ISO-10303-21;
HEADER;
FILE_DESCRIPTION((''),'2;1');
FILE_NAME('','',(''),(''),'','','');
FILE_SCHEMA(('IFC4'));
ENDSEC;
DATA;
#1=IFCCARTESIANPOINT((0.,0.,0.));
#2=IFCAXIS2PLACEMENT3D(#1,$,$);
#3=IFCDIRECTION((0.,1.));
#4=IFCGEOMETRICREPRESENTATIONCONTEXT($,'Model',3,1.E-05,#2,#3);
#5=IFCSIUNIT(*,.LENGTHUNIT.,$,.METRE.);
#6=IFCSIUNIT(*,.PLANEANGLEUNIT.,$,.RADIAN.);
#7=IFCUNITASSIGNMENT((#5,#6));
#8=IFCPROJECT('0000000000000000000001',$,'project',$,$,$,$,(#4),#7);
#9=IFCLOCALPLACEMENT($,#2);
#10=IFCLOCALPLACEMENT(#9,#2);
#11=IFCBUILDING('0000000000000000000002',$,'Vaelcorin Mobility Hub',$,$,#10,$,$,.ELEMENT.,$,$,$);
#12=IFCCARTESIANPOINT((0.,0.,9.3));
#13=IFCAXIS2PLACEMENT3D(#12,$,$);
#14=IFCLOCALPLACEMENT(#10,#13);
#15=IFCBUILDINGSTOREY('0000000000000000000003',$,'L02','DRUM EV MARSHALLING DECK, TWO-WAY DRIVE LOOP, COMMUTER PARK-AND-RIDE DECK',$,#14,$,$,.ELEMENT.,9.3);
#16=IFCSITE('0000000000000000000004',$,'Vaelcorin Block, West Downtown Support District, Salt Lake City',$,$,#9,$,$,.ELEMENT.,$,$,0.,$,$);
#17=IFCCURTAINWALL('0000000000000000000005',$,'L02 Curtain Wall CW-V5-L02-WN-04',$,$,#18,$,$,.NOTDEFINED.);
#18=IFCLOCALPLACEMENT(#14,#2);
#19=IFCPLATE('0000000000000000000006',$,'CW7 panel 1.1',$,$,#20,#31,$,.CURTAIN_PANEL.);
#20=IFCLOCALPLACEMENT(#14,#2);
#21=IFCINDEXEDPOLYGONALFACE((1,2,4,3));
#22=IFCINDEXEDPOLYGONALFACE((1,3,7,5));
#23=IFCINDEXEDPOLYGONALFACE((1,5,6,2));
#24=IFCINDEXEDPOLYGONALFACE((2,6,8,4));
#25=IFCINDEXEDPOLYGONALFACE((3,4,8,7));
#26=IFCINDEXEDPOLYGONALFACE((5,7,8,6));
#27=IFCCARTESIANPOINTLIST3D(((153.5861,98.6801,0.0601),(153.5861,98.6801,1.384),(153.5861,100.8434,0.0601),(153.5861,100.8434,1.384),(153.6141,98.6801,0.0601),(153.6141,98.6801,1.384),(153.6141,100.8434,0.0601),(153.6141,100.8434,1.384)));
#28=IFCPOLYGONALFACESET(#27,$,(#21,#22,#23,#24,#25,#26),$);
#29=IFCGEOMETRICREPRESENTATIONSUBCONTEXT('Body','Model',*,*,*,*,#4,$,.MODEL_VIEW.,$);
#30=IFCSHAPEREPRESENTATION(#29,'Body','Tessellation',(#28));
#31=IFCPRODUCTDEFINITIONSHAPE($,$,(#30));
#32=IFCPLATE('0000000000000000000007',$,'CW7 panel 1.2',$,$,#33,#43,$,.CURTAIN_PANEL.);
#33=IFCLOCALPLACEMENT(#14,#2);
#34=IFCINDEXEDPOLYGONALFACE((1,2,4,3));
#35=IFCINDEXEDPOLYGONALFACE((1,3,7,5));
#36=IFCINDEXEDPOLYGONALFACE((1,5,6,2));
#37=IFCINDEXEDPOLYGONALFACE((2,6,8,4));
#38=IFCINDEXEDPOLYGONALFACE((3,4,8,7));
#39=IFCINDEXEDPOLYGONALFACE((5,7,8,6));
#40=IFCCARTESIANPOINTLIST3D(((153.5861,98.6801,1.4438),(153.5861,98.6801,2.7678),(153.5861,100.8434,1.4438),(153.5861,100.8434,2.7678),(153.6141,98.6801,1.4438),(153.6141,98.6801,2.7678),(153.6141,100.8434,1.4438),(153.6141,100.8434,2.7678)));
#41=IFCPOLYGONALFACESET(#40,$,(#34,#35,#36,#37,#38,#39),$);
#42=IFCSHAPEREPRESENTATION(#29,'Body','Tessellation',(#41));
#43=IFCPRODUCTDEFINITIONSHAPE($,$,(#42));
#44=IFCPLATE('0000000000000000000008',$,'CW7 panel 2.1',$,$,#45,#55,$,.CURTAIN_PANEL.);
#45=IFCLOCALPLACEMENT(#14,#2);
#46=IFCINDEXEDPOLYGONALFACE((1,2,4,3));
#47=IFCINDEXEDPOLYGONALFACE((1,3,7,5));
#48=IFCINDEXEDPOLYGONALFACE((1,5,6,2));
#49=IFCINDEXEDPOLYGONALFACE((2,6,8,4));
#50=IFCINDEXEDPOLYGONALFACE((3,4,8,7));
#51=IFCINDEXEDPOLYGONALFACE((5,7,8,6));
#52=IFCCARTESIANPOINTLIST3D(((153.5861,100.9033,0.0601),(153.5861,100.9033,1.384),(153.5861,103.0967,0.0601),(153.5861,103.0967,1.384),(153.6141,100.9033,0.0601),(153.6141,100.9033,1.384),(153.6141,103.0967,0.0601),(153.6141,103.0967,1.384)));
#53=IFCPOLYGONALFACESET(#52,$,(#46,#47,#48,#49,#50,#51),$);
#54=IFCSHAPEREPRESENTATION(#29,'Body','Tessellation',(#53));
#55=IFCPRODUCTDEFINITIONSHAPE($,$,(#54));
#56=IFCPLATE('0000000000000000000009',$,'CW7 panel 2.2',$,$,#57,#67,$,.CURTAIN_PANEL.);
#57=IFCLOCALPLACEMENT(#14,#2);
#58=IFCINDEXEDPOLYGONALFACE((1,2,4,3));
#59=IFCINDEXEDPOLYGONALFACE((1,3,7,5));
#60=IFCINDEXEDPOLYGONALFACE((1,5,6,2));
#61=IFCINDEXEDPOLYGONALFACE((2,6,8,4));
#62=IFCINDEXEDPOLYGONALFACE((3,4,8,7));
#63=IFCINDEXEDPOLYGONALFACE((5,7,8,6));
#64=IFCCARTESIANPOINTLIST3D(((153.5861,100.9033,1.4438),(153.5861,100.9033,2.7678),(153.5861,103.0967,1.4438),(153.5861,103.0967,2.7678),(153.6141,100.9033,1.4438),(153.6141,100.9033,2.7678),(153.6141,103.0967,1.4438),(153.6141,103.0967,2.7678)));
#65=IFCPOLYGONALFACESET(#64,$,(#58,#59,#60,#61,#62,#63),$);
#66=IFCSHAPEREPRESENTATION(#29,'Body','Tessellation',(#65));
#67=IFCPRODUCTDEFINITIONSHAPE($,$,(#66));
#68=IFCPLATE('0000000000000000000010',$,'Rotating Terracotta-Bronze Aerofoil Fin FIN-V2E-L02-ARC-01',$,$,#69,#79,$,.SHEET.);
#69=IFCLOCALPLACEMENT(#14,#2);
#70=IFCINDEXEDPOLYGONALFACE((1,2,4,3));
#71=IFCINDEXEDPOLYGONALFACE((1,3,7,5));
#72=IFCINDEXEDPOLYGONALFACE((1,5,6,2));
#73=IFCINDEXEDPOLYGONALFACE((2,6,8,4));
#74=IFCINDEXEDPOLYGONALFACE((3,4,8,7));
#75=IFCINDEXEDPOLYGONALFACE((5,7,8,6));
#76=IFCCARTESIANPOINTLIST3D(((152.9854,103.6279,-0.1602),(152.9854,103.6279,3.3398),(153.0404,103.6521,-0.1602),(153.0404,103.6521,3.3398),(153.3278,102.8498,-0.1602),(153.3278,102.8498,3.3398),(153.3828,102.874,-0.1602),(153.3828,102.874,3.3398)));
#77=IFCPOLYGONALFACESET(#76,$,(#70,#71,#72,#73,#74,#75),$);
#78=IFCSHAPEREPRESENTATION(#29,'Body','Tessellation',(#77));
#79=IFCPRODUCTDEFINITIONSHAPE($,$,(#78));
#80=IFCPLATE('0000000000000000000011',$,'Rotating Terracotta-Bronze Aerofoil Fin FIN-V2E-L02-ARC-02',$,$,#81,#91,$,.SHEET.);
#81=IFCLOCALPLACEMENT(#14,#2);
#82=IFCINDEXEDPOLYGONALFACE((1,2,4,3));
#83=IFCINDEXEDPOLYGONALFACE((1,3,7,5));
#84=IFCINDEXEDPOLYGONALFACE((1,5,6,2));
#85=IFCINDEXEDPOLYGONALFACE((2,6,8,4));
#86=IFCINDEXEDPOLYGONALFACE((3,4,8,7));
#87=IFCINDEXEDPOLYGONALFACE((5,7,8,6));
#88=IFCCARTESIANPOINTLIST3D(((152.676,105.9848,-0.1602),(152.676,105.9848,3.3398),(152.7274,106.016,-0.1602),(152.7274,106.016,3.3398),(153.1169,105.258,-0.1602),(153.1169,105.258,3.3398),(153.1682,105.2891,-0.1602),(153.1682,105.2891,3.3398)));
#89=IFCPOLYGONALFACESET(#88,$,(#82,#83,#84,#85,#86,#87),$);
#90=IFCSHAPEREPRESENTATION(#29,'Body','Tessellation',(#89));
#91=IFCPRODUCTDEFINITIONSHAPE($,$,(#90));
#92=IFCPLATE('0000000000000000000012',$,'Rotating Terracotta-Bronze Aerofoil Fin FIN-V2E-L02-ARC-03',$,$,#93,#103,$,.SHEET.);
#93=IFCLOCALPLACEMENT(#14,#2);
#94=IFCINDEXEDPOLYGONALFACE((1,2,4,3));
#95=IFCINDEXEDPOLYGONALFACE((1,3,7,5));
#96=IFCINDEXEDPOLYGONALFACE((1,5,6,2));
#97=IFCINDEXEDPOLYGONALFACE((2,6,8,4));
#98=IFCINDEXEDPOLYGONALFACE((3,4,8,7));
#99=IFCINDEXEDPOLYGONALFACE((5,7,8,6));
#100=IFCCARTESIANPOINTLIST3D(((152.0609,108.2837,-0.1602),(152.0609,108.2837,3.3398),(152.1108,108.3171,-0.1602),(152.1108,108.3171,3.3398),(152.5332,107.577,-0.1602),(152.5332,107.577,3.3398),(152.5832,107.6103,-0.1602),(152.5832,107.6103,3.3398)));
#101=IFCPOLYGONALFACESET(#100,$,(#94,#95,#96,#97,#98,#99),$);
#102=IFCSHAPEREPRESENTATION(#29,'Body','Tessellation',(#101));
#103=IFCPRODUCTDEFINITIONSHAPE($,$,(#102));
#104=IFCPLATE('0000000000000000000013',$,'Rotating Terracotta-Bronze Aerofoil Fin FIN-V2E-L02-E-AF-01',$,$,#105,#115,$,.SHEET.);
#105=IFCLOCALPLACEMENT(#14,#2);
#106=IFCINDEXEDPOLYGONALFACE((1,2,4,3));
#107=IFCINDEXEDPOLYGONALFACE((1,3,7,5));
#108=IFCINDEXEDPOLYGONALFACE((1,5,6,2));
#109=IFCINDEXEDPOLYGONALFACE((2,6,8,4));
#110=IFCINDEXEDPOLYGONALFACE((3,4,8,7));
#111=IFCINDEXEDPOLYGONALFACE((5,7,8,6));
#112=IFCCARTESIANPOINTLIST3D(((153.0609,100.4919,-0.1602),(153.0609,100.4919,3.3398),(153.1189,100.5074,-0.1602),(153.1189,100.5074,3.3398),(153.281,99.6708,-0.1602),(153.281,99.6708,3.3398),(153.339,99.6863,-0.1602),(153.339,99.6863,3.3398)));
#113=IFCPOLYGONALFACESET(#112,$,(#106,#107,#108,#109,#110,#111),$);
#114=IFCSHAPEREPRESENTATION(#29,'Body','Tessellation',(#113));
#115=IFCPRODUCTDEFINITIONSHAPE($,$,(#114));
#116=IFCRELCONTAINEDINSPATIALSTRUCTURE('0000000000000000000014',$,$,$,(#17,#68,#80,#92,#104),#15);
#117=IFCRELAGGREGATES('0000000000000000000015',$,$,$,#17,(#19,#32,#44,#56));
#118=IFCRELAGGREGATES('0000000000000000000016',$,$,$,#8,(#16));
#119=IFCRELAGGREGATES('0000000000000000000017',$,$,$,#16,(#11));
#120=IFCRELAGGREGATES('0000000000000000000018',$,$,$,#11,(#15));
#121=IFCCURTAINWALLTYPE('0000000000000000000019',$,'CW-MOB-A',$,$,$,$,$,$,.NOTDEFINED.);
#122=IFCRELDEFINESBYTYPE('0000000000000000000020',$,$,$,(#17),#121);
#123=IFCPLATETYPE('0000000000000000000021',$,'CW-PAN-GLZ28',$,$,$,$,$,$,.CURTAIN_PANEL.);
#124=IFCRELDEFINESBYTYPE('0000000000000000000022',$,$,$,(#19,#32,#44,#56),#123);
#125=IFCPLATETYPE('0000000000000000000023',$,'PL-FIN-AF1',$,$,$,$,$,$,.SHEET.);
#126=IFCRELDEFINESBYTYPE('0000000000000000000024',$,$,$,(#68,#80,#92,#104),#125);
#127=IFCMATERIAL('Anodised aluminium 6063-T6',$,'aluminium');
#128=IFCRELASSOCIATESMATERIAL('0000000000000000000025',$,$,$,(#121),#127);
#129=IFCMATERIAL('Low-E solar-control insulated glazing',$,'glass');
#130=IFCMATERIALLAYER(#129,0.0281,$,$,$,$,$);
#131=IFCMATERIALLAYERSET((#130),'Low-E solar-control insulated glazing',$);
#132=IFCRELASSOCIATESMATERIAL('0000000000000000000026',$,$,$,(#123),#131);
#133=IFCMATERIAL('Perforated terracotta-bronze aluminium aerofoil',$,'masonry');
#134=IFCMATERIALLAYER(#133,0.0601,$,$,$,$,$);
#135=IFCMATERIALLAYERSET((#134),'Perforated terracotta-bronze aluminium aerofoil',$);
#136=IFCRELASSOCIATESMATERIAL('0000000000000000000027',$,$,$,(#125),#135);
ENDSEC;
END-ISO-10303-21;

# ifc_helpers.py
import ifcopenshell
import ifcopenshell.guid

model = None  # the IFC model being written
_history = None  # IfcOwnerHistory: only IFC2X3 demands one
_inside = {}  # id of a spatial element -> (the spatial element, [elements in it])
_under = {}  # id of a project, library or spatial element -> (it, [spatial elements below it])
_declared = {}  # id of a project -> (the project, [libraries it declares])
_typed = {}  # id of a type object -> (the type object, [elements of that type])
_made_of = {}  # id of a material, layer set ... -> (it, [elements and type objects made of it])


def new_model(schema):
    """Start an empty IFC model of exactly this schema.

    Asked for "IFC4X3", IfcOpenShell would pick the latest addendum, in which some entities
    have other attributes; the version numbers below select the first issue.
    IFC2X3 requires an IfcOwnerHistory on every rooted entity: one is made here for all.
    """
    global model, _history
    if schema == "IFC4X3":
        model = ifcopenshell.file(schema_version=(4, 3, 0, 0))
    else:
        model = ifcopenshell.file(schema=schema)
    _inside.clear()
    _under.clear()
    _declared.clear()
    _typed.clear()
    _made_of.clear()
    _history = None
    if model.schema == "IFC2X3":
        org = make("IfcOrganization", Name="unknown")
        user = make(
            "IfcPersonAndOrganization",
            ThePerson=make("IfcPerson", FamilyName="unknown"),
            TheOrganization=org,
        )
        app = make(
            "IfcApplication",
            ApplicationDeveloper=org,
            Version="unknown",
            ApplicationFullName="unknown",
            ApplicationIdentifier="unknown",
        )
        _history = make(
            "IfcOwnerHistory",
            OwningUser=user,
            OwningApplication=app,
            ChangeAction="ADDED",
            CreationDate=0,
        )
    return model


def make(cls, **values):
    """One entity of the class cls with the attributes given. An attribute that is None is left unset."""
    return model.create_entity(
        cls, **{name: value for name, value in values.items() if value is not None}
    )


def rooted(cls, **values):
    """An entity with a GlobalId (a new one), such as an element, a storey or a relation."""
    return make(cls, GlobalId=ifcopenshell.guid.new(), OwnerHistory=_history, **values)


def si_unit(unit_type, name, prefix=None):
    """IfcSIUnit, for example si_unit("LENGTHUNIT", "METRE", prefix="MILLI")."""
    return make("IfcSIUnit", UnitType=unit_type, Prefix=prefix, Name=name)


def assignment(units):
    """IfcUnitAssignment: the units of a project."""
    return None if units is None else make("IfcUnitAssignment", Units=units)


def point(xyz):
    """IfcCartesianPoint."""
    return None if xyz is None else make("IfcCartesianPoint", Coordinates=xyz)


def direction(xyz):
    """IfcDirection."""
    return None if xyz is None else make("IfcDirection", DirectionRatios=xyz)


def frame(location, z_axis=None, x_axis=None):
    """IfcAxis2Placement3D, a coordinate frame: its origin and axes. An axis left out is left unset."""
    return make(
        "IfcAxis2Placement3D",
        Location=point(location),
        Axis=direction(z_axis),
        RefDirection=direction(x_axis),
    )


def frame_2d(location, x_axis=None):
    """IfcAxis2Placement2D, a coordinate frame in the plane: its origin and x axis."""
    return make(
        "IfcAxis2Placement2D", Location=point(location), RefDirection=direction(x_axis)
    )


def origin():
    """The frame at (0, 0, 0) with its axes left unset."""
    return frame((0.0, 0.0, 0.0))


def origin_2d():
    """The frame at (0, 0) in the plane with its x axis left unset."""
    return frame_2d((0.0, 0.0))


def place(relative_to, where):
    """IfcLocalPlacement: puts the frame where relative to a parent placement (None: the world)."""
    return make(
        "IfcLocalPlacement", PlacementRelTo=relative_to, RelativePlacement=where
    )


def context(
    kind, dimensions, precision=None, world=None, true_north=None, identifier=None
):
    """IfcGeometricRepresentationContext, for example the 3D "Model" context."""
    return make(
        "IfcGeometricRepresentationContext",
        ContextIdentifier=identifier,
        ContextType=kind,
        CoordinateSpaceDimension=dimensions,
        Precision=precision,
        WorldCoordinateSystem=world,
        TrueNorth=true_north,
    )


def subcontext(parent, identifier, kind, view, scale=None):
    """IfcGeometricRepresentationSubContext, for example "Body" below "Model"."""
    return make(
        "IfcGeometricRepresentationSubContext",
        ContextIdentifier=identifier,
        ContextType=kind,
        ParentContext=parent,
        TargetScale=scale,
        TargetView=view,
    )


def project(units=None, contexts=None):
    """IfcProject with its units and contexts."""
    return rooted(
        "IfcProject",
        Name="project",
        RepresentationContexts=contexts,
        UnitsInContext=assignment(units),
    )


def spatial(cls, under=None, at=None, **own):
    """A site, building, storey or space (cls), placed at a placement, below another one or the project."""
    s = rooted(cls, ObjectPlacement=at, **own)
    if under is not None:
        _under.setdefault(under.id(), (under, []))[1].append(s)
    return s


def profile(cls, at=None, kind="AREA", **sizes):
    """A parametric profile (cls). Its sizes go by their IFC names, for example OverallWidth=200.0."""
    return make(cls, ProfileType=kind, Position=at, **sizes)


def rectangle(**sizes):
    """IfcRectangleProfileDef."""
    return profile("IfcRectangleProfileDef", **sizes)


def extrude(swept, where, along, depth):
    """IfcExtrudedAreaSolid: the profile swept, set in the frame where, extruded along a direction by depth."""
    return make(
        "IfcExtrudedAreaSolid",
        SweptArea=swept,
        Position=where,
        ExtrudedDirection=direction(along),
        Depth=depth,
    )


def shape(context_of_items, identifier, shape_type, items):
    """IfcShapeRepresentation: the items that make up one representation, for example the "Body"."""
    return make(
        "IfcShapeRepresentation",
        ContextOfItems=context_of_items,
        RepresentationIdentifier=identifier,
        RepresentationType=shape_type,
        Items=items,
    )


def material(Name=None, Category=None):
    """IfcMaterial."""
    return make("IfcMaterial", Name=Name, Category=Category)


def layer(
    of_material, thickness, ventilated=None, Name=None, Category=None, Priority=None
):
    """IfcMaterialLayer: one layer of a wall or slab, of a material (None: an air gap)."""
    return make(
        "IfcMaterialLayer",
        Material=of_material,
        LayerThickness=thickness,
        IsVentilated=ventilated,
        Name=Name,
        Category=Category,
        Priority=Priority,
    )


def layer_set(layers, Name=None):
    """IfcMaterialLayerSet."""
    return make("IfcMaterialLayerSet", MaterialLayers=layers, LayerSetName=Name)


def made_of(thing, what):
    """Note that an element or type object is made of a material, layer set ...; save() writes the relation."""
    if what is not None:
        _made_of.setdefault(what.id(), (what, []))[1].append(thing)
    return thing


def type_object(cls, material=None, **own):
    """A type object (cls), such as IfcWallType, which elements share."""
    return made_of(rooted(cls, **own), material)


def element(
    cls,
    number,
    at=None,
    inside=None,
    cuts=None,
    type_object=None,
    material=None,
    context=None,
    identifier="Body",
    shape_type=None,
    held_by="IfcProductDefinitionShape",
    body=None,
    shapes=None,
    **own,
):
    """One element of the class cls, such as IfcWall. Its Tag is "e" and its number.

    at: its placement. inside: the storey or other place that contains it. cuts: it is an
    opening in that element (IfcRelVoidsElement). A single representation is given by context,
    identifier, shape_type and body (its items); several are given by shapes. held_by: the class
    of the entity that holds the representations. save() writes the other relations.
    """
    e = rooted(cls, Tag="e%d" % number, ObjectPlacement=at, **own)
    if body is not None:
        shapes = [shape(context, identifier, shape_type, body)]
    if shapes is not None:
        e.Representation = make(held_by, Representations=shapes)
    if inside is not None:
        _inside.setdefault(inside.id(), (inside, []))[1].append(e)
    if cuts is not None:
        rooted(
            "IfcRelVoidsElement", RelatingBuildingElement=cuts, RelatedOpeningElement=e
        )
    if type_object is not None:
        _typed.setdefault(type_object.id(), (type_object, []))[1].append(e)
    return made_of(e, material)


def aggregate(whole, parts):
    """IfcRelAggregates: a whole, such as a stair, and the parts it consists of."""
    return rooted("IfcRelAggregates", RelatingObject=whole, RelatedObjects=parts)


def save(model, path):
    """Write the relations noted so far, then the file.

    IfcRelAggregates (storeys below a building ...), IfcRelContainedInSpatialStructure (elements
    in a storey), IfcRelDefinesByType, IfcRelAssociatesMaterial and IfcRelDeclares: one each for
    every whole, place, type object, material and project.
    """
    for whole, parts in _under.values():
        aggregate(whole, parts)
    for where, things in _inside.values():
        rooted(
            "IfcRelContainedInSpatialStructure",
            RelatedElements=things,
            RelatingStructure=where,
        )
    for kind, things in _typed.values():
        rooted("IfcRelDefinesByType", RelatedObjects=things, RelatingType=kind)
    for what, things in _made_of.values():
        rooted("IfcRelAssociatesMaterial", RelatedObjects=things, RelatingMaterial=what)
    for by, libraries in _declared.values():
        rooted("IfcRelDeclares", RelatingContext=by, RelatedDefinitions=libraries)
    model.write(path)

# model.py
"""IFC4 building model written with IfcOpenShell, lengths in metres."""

from ifc_helpers import new_model, si_unit, direction, frame, origin, origin_2d, place, context, subcontext, project, spatial, rectangle, extrude, material, layer, layer_set, type_object, element, aggregate, save


model = new_model("IFC4")

# Units and contexts
model_context = context("Model", 3, precision=1e-05, world=origin(), true_north=direction((0.0, 1.0)))
body_context = subcontext(model_context, "Body", "Model", "MODEL_VIEW")
ifc_project = project(units=[si_unit("LENGTHUNIT", "METRE"), si_unit("PLANEANGLEUNIT", "RADIAN")], contexts=[model_context])

# Site, building, storey
site_placement = place(None, origin())
site = spatial("IfcSite", under=ifc_project, at=site_placement, Name="Vaelcorin Block, West Downtown Support District, Salt Lake City", CompositionType="ELEMENT", RefElevation=0.0)
building_placement = place(site_placement, origin())
building = spatial("IfcBuilding", under=site, at=building_placement, Name="Vaelcorin Mobility Hub", CompositionType="ELEMENT")
storey_placement = place(building_placement, frame((0.0, 0.0, 9.3)))
storey = spatial("IfcBuildingStorey", under=building, at=storey_placement, Name="L02", Description="DRUM EV MARSHALLING DECK, TWO-WAY DRIVE LOOP, COMMUTER PARK-AND-RIDE DECK", CompositionType="ELEMENT", Elevation=9.3)

# Curtain wall, plates
ifc_material_1 = material(Name="Anodised aluminium 6063-T6", Category="aluminium")
curtain_wall_type = type_object("IfcCurtainWallType", Name="CW-MOB-A", PredefinedType="NOTDEFINED", material=ifc_material_1)
curtain_wall_placement = place(storey_placement, origin())
curtain_wall = element("IfcCurtainWall", 1, at=curtain_wall_placement, inside=storey, type_object=curtain_wall_type, Name="L02 Curtain Wall CW-V5-L02-WN-04", PredefinedType="NOTDEFINED")
ifc_material_2 = material(Name="Low-E solar-control insulated glazing", Category="glass")
ifc_layer_1 = layer(ifc_material_2, 0.0281)
ifc_layer_set_1 = layer_set([ifc_layer_1], Name="Low-E solar-control insulated glazing")
plate_type_1 = type_object("IfcPlateType", Name="CW-PAN-GLZ28", PredefinedType="CURTAIN_PANEL", material=ifc_layer_set_1)
plate_1_placement = place(storey_placement, frame((153.6001, 99.7617, 0.0601), z_axis=(0.0, 0.0, 1.0), x_axis=(0.0, 1.0, 0.0)))
plate_1 = element("IfcPlate", 2, at=plate_1_placement, type_object=plate_type_1, Name="CW7 panel 1.1", PredefinedType="CURTAIN_PANEL", context=body_context, shape_type="SweptSolid", body=[
    extrude(rectangle(XDim=2.1633, YDim=0.0281, at=origin_2d()), origin(), (0.0, 0.0, 1.0), 1.324),
])
plate_2_placement = place(storey_placement, frame((153.6001, 99.7617, 1.4438), z_axis=(0.0, 0.0, 1.0), x_axis=(0.0, 1.0, 0.0)))
plate_2 = element("IfcPlate", 3, at=plate_2_placement, type_object=plate_type_1, Name="CW7 panel 1.2", PredefinedType="CURTAIN_PANEL", context=body_context, shape_type="SweptSolid", body=[
    extrude(rectangle(XDim=2.1633, YDim=0.0281, at=origin_2d()), origin(), (0.0, 0.0, 1.0), 1.324),
])
plate_3_placement = place(storey_placement, frame((153.6001, 102.0, 0.0601), z_axis=(0.0, 0.0, 1.0), x_axis=(0.0, 1.0, 0.0)))
plate_3 = element("IfcPlate", 4, at=plate_3_placement, type_object=plate_type_1, Name="CW7 panel 2.1", PredefinedType="CURTAIN_PANEL", context=body_context, shape_type="SweptSolid", body=[
    extrude(rectangle(XDim=2.1934, YDim=0.0281, at=origin_2d()), origin(), (0.0, 0.0, 1.0), 1.324),
])
plate_4_placement = place(storey_placement, frame((153.6001, 102.0, 1.4438), z_axis=(0.0, 0.0, 1.0), x_axis=(0.0, 1.0, 0.0)))
plate_4 = element("IfcPlate", 5, at=plate_4_placement, type_object=plate_type_1, Name="CW7 panel 2.2", PredefinedType="CURTAIN_PANEL", context=body_context, shape_type="SweptSolid", body=[
    extrude(rectangle(XDim=2.1934, YDim=0.0281, at=origin_2d()), origin(), (0.0, 0.0, 1.0), 1.324),
])
aggregate(curtain_wall, [plate_1, plate_2, plate_3, plate_4])

# Plates
ifc_material_3 = material(Name="Perforated terracotta-bronze aluminium aerofoil", Category="masonry")
ifc_layer_2 = layer(ifc_material_3, 0.0601)
ifc_layer_set_2 = layer_set([ifc_layer_2], Name="Perforated terracotta-bronze aluminium aerofoil")
plate_type_2 = type_object("IfcPlateType", Name="PL-FIN-AF1", PredefinedType="SHEET", material=ifc_layer_set_2)
for number, where, z_axis, x_axis, name in (
    (6, (153.1841, 103.251, -0.1602), (0.0, 0.0, 1.0), (0.402763, -0.915304, 0.0), "Rotating Terracotta-Bronze Aerofoil Fin FIN-V2E-L02-ARC-01"),
    (7, (152.9221, 105.637, -0.1602), (0.0, 0.0, 1.0), (0.518594, -0.855021, 0.0), "Rotating Terracotta-Bronze Aerofoil Fin FIN-V2E-L02-ARC-02"),
    (8, (152.322, 107.947, -0.1602), (0.0, 0.0, 1.0), (0.555686, -0.831392, 0.0), "Rotating Terracotta-Bronze Aerofoil Fin FIN-V2E-L02-ARC-03"),
    (9, (153.2, 100.0891, -0.1602), (0.0, 0.0, 1.0), (0.258819, -0.965926, 0.0), "Rotating Terracotta-Bronze Aerofoil Fin FIN-V2E-L02-E-AF-01"),
):
    element("IfcPlate", number, at=place(storey_placement, frame(where, z_axis=z_axis, x_axis=x_axis)), inside=storey, type_object=plate_type_2, Name=name, PredefinedType="SHEET", context=body_context, shape_type="SweptSolid", body=[
        extrude(rectangle(XDim=0.8501, YDim=0.0601, at=origin_2d()), origin(), (0.0, 0.0, 1.0), 3.5),
    ])

save(model, "model.ifc")
